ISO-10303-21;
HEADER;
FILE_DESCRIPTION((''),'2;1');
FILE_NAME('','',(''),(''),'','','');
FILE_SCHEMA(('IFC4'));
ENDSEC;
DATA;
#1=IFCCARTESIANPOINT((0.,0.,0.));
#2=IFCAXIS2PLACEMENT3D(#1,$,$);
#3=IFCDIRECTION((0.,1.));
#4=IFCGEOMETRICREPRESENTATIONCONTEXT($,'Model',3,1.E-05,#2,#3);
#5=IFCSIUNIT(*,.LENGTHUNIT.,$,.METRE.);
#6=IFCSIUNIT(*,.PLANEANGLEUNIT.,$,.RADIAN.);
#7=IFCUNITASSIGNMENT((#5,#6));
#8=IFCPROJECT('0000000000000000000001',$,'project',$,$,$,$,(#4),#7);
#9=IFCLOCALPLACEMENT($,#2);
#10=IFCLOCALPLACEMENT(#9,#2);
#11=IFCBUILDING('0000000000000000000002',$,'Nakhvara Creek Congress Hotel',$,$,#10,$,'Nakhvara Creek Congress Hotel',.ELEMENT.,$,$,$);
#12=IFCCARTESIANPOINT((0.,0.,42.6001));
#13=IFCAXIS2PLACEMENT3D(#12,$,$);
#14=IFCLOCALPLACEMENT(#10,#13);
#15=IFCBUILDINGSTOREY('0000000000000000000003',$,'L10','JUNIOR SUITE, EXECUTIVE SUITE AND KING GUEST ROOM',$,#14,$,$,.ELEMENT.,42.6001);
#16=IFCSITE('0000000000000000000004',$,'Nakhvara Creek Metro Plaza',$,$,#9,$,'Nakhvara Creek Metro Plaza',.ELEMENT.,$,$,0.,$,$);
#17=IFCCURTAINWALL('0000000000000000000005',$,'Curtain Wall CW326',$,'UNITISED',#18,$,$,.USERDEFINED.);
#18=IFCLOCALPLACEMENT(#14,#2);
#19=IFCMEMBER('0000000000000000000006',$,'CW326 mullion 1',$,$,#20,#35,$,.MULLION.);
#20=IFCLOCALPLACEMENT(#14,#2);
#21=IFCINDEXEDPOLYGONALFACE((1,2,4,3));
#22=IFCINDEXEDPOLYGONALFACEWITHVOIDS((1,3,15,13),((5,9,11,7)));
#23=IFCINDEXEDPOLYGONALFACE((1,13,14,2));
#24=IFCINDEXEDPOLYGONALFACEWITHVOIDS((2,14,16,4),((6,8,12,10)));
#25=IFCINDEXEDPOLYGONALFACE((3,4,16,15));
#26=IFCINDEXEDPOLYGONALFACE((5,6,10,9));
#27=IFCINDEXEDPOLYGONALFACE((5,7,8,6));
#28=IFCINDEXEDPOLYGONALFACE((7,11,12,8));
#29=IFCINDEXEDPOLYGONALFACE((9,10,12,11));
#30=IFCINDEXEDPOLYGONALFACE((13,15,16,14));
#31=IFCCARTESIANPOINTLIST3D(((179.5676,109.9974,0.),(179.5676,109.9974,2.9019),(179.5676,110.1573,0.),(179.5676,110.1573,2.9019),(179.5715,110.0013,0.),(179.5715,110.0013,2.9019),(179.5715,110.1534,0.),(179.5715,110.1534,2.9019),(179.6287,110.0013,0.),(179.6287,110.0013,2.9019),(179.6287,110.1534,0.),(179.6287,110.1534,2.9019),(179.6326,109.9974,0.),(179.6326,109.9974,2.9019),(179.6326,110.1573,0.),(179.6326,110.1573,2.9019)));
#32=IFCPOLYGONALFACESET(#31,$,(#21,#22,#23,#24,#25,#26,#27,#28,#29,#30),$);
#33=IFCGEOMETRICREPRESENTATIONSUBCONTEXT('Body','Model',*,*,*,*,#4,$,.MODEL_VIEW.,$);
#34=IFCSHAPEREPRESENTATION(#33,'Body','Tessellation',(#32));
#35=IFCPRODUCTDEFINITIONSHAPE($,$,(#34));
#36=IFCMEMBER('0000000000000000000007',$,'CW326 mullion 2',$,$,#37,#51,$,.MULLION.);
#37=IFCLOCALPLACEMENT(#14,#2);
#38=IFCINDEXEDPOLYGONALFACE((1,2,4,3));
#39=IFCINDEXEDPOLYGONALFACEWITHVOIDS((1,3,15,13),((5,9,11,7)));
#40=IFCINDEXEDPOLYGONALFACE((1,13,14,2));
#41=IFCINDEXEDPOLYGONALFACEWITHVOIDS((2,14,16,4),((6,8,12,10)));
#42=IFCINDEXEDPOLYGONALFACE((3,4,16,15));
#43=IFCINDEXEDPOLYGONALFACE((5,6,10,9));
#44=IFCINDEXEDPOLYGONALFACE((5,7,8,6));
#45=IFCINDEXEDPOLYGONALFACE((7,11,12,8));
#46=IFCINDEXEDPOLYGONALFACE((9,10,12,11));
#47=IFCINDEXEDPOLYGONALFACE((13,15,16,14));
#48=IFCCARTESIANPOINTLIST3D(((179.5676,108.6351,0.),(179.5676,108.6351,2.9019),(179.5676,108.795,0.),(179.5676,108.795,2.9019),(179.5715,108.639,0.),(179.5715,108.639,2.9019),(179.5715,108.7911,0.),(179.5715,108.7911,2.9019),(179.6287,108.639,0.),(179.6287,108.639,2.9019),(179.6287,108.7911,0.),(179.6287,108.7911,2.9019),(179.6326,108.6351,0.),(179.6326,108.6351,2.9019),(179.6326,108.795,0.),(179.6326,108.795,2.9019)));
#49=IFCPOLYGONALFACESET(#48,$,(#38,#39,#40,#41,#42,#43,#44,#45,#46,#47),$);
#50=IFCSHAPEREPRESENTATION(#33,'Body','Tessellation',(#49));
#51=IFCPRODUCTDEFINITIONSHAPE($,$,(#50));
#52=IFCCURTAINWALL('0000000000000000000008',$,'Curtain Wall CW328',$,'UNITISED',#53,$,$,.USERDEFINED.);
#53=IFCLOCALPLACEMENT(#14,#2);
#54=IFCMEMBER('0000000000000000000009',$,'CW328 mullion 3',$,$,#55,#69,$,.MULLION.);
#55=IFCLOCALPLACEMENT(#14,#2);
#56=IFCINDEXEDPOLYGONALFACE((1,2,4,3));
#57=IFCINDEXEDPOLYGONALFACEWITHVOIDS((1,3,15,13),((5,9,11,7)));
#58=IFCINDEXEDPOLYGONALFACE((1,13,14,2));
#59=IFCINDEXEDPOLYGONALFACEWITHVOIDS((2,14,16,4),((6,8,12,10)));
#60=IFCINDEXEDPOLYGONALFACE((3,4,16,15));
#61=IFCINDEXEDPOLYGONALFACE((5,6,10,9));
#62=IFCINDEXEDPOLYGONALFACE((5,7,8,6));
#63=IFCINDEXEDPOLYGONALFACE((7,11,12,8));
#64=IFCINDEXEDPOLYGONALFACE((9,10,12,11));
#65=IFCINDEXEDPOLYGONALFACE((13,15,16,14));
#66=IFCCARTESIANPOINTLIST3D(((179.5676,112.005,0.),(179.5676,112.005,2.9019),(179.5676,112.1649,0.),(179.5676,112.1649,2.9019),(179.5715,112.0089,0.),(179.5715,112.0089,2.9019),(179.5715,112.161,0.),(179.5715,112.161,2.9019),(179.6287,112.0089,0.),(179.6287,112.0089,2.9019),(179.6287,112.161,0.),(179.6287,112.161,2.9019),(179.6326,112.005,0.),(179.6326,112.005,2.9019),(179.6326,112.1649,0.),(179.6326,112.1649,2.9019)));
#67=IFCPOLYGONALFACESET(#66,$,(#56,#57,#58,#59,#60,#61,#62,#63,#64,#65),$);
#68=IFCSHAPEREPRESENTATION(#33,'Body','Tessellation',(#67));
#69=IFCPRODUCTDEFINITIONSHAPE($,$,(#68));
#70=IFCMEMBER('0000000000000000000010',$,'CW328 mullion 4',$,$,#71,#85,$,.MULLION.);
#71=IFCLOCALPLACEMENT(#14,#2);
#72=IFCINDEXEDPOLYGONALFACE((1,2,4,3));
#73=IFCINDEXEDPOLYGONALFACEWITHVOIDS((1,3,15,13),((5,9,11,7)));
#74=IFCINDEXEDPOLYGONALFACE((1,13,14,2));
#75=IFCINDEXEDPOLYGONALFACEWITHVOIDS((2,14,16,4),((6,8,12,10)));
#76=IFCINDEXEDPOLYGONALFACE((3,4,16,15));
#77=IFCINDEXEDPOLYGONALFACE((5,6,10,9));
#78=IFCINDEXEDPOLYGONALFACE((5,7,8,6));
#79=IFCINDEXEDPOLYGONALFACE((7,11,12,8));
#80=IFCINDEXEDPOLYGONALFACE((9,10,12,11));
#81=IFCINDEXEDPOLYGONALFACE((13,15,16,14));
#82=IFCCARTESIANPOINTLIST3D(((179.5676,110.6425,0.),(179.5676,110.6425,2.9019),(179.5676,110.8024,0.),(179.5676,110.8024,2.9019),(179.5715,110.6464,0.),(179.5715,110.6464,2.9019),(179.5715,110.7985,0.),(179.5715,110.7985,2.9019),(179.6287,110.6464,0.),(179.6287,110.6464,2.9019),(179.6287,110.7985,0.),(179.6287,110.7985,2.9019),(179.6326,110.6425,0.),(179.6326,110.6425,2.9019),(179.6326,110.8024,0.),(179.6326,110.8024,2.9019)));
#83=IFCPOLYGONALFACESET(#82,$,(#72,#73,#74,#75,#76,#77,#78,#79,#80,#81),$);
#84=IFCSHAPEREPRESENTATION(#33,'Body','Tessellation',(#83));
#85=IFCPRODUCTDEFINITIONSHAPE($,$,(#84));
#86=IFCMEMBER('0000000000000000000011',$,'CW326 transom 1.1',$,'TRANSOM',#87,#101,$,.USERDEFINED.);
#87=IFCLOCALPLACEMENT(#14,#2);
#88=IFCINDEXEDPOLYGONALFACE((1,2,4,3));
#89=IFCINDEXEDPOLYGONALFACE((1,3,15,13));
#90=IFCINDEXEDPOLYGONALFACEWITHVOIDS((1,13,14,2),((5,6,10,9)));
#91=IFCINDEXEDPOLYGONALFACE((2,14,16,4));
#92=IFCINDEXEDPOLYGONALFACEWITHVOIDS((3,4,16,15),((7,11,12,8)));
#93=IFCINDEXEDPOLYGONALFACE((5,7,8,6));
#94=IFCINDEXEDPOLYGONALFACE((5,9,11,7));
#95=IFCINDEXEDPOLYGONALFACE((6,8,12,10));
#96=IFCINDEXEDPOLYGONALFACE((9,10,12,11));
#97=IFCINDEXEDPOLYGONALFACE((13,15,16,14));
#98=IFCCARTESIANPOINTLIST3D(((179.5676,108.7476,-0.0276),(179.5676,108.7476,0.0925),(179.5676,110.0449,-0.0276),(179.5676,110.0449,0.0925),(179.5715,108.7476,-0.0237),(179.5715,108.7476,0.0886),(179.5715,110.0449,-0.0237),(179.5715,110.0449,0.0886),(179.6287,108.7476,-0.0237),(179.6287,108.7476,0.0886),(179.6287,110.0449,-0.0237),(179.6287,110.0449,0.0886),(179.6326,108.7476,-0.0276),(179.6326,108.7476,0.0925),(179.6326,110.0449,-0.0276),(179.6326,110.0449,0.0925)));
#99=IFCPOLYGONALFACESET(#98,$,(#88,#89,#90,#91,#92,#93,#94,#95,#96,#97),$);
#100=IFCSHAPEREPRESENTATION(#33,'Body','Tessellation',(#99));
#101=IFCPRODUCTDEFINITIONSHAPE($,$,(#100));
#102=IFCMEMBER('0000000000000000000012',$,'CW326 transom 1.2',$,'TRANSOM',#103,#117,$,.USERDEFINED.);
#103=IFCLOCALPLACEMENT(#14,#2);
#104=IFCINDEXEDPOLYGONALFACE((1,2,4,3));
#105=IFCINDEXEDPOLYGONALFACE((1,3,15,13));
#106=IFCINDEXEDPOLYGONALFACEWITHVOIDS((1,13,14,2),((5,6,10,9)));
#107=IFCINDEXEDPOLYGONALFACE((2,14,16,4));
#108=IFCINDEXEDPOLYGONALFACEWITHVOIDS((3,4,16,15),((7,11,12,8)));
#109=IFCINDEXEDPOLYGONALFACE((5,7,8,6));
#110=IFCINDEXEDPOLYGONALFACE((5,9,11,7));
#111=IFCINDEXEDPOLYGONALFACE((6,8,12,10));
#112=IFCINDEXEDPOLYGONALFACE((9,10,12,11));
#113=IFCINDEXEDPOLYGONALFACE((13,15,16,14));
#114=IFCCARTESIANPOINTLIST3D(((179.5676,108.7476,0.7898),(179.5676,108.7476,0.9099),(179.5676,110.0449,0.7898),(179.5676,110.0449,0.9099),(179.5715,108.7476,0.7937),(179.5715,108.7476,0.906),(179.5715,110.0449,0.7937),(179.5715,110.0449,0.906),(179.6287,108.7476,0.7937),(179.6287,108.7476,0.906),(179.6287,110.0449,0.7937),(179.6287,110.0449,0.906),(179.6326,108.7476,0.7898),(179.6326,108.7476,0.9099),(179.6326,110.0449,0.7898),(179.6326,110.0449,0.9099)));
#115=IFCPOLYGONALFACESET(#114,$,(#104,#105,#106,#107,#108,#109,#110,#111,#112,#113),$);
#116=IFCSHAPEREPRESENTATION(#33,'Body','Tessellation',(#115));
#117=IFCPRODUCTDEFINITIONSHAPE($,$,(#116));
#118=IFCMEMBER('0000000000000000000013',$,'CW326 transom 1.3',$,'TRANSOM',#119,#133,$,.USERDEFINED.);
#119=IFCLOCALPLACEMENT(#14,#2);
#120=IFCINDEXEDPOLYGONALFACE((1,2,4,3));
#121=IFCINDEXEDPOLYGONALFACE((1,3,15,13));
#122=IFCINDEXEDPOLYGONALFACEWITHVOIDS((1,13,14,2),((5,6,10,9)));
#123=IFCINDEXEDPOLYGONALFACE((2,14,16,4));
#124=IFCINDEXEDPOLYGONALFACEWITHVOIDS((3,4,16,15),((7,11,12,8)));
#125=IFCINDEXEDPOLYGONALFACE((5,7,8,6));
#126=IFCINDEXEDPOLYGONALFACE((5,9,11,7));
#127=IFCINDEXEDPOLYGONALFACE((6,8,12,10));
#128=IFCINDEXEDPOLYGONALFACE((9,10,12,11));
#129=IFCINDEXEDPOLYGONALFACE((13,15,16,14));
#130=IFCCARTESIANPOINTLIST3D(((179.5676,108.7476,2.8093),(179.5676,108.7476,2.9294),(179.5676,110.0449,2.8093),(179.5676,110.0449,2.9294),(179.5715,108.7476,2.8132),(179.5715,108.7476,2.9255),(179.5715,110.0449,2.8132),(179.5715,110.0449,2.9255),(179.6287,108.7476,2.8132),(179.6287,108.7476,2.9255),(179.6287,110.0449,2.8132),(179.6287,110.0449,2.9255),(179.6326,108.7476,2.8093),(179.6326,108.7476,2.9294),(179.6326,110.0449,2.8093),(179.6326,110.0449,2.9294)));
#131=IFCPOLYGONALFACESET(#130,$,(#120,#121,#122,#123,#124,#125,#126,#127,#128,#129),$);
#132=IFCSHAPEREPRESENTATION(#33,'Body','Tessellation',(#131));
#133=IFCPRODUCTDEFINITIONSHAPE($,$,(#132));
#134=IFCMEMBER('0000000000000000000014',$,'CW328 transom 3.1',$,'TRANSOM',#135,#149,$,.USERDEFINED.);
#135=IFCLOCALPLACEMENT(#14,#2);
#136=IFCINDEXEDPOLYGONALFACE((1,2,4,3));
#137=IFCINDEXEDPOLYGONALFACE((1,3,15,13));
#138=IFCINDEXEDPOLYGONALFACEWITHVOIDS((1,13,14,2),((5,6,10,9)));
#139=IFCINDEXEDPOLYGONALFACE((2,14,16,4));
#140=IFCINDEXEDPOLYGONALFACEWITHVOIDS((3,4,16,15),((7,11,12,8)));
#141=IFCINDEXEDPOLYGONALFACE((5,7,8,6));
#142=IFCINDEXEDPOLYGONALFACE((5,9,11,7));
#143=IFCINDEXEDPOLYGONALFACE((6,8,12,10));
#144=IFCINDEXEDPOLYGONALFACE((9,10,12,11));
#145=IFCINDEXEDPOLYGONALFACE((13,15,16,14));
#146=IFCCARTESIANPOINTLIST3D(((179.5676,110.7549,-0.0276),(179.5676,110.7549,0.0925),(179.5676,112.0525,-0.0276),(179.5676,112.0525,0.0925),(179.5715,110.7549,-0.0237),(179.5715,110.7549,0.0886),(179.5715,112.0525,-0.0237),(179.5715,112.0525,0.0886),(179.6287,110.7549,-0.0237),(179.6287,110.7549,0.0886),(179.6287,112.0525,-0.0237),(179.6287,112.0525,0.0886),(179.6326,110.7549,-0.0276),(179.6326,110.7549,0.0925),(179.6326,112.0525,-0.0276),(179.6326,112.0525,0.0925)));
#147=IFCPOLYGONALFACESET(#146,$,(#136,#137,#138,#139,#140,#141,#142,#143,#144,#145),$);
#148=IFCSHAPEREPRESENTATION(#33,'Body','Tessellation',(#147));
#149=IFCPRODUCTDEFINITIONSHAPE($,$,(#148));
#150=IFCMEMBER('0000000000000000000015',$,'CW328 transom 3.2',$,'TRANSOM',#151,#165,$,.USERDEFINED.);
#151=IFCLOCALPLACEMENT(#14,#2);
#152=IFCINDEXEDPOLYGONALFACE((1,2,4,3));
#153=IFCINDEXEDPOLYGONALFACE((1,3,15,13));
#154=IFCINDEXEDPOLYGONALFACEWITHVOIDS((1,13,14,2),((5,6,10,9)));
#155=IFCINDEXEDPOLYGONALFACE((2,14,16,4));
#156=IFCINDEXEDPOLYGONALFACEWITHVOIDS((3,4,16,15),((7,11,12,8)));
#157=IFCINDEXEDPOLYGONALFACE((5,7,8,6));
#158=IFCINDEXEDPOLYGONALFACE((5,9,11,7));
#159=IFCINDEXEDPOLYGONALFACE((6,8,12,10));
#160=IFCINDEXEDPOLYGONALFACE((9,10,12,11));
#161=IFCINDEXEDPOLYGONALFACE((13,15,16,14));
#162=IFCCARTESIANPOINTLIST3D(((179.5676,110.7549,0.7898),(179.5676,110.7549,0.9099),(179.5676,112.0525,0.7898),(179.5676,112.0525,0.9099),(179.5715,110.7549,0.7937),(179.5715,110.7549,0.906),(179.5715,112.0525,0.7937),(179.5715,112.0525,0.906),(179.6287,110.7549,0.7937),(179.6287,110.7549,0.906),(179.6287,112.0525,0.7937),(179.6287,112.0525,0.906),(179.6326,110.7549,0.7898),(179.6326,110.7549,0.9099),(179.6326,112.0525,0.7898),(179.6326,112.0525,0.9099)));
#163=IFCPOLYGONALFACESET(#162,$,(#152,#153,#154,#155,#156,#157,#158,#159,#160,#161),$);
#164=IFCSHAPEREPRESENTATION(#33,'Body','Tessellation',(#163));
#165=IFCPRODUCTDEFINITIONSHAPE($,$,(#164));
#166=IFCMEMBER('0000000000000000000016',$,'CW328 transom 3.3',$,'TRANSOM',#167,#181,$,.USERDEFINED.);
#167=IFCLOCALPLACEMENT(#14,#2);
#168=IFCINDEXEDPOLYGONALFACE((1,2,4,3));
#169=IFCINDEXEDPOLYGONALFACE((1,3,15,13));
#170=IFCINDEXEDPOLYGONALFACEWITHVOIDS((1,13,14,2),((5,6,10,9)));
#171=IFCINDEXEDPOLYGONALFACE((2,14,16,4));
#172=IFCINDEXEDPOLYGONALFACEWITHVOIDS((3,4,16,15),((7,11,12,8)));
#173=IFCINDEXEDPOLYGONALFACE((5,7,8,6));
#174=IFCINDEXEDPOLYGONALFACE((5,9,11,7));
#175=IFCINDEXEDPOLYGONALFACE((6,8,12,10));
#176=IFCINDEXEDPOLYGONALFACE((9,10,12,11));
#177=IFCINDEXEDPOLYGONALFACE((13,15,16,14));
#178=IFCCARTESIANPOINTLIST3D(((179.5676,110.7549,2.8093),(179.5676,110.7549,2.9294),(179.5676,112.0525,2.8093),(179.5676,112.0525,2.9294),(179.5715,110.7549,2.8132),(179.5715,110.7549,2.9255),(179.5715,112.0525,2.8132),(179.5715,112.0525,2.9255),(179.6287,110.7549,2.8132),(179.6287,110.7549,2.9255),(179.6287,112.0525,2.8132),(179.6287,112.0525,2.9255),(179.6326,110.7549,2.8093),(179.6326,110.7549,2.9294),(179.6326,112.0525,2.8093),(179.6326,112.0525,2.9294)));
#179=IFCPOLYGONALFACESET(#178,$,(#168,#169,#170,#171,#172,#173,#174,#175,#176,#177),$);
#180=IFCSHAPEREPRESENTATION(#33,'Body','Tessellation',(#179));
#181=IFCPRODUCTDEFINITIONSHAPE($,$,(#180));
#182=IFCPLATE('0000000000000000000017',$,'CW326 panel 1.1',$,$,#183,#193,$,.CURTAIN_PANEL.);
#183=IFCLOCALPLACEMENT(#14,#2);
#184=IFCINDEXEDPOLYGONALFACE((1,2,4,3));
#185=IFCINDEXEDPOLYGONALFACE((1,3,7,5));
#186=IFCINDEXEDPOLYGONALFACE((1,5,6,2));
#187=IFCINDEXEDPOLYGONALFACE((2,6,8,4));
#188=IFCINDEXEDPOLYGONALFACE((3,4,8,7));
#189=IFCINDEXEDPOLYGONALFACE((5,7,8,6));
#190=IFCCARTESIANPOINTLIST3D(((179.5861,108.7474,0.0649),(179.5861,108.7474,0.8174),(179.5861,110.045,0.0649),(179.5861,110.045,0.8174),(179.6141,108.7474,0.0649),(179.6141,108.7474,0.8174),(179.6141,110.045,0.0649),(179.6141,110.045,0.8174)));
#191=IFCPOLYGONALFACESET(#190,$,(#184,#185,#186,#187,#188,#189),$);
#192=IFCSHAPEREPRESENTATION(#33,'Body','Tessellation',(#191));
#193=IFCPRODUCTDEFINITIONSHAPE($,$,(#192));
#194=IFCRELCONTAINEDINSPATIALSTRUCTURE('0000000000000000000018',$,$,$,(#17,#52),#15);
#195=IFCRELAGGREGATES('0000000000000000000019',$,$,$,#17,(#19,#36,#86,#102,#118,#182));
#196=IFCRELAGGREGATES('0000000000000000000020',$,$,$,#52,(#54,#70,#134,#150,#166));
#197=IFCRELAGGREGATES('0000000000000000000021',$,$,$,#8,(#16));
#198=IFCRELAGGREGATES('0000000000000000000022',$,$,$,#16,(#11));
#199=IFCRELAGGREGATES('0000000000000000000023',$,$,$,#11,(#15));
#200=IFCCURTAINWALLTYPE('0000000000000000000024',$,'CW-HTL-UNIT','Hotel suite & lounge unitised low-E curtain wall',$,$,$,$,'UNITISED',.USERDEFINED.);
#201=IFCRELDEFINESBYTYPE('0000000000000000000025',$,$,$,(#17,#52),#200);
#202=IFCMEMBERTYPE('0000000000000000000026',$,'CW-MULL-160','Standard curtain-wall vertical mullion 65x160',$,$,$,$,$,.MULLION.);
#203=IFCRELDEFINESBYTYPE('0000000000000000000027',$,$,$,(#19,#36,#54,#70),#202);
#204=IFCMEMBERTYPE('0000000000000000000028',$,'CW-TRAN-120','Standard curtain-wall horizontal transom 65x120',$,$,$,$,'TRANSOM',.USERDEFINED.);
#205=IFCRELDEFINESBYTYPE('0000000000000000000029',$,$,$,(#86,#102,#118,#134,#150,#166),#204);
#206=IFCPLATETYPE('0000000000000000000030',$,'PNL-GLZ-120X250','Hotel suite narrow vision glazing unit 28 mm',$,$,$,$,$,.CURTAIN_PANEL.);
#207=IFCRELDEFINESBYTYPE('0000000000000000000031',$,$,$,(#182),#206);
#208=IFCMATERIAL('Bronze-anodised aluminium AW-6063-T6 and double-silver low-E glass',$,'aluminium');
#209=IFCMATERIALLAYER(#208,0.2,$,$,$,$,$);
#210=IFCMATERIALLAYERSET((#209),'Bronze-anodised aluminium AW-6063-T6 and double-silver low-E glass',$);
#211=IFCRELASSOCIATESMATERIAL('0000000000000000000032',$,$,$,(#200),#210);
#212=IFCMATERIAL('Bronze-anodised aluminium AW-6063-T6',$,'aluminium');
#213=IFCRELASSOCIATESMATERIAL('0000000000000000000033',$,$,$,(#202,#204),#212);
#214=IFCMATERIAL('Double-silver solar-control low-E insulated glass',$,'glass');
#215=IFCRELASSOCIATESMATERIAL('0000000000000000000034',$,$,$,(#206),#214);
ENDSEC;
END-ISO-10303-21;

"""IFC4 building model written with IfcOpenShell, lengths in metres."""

from ifc_helpers import new_model, si_unit, direction, frame, origin, origin_2d, place, context, subcontext, project, spatial, rectangle, hollow_rectangle, extrude, material, layer, layer_set, material_profile, profile_set, type_object, element, aggregate, save


model = new_model("IFC4")

# Units and contexts
model_context = context("Model", 3, precision=1e-05, world=origin(), true_north=direction((0.0, 1.0)))
body_context = subcontext(model_context, "Body", "Model", "MODEL_VIEW")
ifc_project = project(units=[si_unit("LENGTHUNIT", "METRE"), si_unit("PLANEANGLEUNIT", "RADIAN")], contexts=[model_context])

# Site, building, storey
site_placement = place(None, origin())
site = spatial("IfcSite", under=ifc_project, at=site_placement, Name="Nakhvara Creek Metro Plaza", LongName="Nakhvara Creek Metro Plaza", CompositionType="ELEMENT", RefElevation=0.0)
building_placement = place(site_placement, origin())
building = spatial("IfcBuilding", under=site, at=building_placement, Name="Nakhvara Creek Congress Hotel", LongName="Nakhvara Creek Congress Hotel", CompositionType="ELEMENT")
storey_placement = place(building_placement, frame((0.0, 0.0, 42.6001)))
storey = spatial("IfcBuildingStorey", under=building, at=storey_placement, Name="L10", Description="JUNIOR SUITE, EXECUTIVE SUITE AND KING GUEST ROOM", CompositionType="ELEMENT", Elevation=42.6001)

# Curtain walls, members
ifc_material_1 = material(Name="Bronze-anodised aluminium AW-6063-T6 and double-silver low-E glass", Category="aluminium")
ifc_layer_1 = layer(ifc_material_1, 0.2)
ifc_layer_set_1 = layer_set([ifc_layer_1], Name="Bronze-anodised aluminium AW-6063-T6 and double-silver low-E glass")
curtain_wall_type = type_object("IfcCurtainWallType", Name="CW-HTL-UNIT", Description="Hotel suite & lounge unitised low-E curtain wall", ElementType="UNITISED", PredefinedType="USERDEFINED", material=ifc_layer_set_1)
curtain_wall_1_placement = place(storey_placement, origin())
curtain_wall_1 = element("IfcCurtainWall", 1, at=curtain_wall_1_placement, inside=storey, type_object=curtain_wall_type, Name="Curtain Wall CW326", ObjectType="UNITISED", PredefinedType="USERDEFINED")
ifc_material_2 = material(Name="Bronze-anodised aluminium AW-6063-T6", Category="aluminium")
ifc_material_profile_1 = material_profile(ifc_material_2, hollow_rectangle(XDim=0.0649, YDim=0.1599, WallThickness=0.0039, at=origin_2d()), Name="ALU-MULL 65x160x4", Category="LoadBearing")
ifc_profile_set_1 = profile_set([ifc_material_profile_1], Name="Bronze-anodised aluminium AW-6063-T6")
member_type_1 = type_object("IfcMemberType", Name="CW-MULL-160", Description="Standard curtain-wall vertical mullion 65x160", PredefinedType="MULLION", material=ifc_profile_set_1)
member_1_placement = place(storey_placement, frame((179.6001, 110.0774, 0.0), z_axis=(0.0, 0.0, 1.0), x_axis=(1.0, 0.0, 0.0)))
member_1 = element("IfcMember", 2, at=member_1_placement, type_object=member_type_1, Name="CW326 mullion 1", PredefinedType="MULLION", context=body_context, shape_type="SweptSolid", body=[
    extrude(hollow_rectangle(XDim=0.0649, YDim=0.1599, WallThickness=0.0039, at=origin_2d()), origin(), (0.0, 0.0, 1.0), 2.9019),
])
member_2_placement = place(storey_placement, frame((179.6001, 108.7151, 0.0), z_axis=(0.0, 0.0, 1.0), x_axis=(1.0, 0.0, 0.0)))
member_2 = element("IfcMember", 3, at=member_2_placement, type_object=member_type_1, Name="CW326 mullion 2", PredefinedType="MULLION", context=body_context, shape_type="SweptSolid", body=[
    extrude(hollow_rectangle(XDim=0.0649, YDim=0.1599, WallThickness=0.0039, at=origin_2d()), origin(), (0.0, 0.0, 1.0), 2.9019),
])
curtain_wall_2_placement = place(storey_placement, origin())
curtain_wall_2 = element("IfcCurtainWall", 4, at=curtain_wall_2_placement, inside=storey, type_object=curtain_wall_type, Name="Curtain Wall CW328", ObjectType="UNITISED", PredefinedType="USERDEFINED")
member_3_placement = place(storey_placement, frame((179.6001, 112.085, 0.0), z_axis=(0.0, 0.0, 1.0), x_axis=(1.0, 0.0, 0.0)))
member_3 = element("IfcMember", 5, at=member_3_placement, type_object=member_type_1, Name="CW328 mullion 3", PredefinedType="MULLION", context=body_context, shape_type="SweptSolid", body=[
    extrude(hollow_rectangle(XDim=0.0649, YDim=0.1599, WallThickness=0.0039, at=origin_2d()), origin(), (0.0, 0.0, 1.0), 2.9019),
])
member_4_placement = place(storey_placement, frame((179.6001, 110.7224, 0.0), z_axis=(0.0, 0.0, 1.0), x_axis=(1.0, 0.0, 0.0)))
member_4 = element("IfcMember", 6, at=member_4_placement, type_object=member_type_1, Name="CW328 mullion 4", PredefinedType="MULLION", context=body_context, shape_type="SweptSolid", body=[
    extrude(hollow_rectangle(XDim=0.0649, YDim=0.1599, WallThickness=0.0039, at=origin_2d()), origin(), (0.0, 0.0, 1.0), 2.9019),
])

# Members
ifc_material_profile_2 = material_profile(ifc_material_2, hollow_rectangle(XDim=0.0649, YDim=0.1201, WallThickness=0.0039, at=origin_2d()), Name="ALU-TRAN 65x120x4", Category="LoadBearing")
ifc_profile_set_2 = profile_set([ifc_material_profile_2], Name="Bronze-anodised aluminium AW-6063-T6")
member_type_2 = type_object("IfcMemberType", Name="CW-TRAN-120", Description="Standard curtain-wall horizontal transom 65x120", ElementType="TRANSOM", PredefinedType="USERDEFINED", material=ifc_profile_set_2)
member_5_placement = place(storey_placement, frame((179.6001, 110.0449, 0.0325), z_axis=(0.0, -1.0, 0.0), x_axis=(1.0, 0.0, 0.0)))
member_5 = element("IfcMember", 7, at=member_5_placement, type_object=member_type_2, Name="CW326 transom 1.1", ObjectType="TRANSOM", PredefinedType="USERDEFINED", context=body_context, shape_type="SweptSolid", body=[
    extrude(hollow_rectangle(XDim=0.0649, YDim=0.1201, WallThickness=0.0039, at=origin_2d()), origin(), (0.0, 0.0, 1.0), 1.2974),
])
member_6_placement = place(storey_placement, frame((179.6001, 110.0449, 0.8499), z_axis=(0.0, -1.0, 0.0), x_axis=(1.0, 0.0, 0.0)))
member_6 = element("IfcMember", 8, at=member_6_placement, type_object=member_type_2, Name="CW326 transom 1.2", ObjectType="TRANSOM", PredefinedType="USERDEFINED", context=body_context, shape_type="SweptSolid", body=[
    extrude(hollow_rectangle(XDim=0.0649, YDim=0.1201, WallThickness=0.0039, at=origin_2d()), origin(), (0.0, 0.0, 1.0), 1.2974),
])
member_7_placement = place(storey_placement, frame((179.6001, 110.0449, 2.8694), z_axis=(0.0, -1.0, 0.0), x_axis=(1.0, 0.0, 0.0)))
member_7 = element("IfcMember", 9, at=member_7_placement, type_object=member_type_2, Name="CW326 transom 1.3", ObjectType="TRANSOM", PredefinedType="USERDEFINED", context=body_context, shape_type="SweptSolid", body=[
    extrude(hollow_rectangle(XDim=0.0649, YDim=0.1201, WallThickness=0.0039, at=origin_2d()), origin(), (0.0, 0.0, 1.0), 1.2974),
])
member_8_placement = place(storey_placement, frame((179.6001, 112.0525, 0.0325), z_axis=(0.0, -1.0, 0.0), x_axis=(1.0, 0.0, 0.0)))
member_8 = element("IfcMember", 10, at=member_8_placement, type_object=member_type_2, Name="CW328 transom 3.1", ObjectType="TRANSOM", PredefinedType="USERDEFINED", context=body_context, shape_type="SweptSolid", body=[
    extrude(hollow_rectangle(XDim=0.0649, YDim=0.1201, WallThickness=0.0039, at=origin_2d()), origin(), (0.0, 0.0, 1.0), 1.2976),
])
member_9_placement = place(storey_placement, frame((179.6001, 112.0525, 0.8499), z_axis=(0.0, -1.0, 0.0), x_axis=(1.0, 0.0, 0.0)))
member_9 = element("IfcMember", 11, at=member_9_placement, type_object=member_type_2, Name="CW328 transom 3.2", ObjectType="TRANSOM", PredefinedType="USERDEFINED", context=body_context, shape_type="SweptSolid", body=[
    extrude(hollow_rectangle(XDim=0.0649, YDim=0.1201, WallThickness=0.0039, at=origin_2d()), origin(), (0.0, 0.0, 1.0), 1.2976),
])
member_10_placement = place(storey_placement, frame((179.6001, 112.0525, 2.8694), z_axis=(0.0, -1.0, 0.0), x_axis=(1.0, 0.0, 0.0)))
member_10 = element("IfcMember", 12, at=member_10_placement, type_object=member_type_2, Name="CW328 transom 3.3", ObjectType="TRANSOM", PredefinedType="USERDEFINED", context=body_context, shape_type="SweptSolid", body=[
    extrude(hollow_rectangle(XDim=0.0649, YDim=0.1201, WallThickness=0.0039, at=origin_2d()), origin(), (0.0, 0.0, 1.0), 1.2976),
])

# Plate
ifc_material_3 = material(Name="Double-silver solar-control low-E insulated glass", Category="glass")
plate_type = type_object("IfcPlateType", Name="PNL-GLZ-120X250", Description="Hotel suite narrow vision glazing unit 28 mm", PredefinedType="CURTAIN_PANEL", material=ifc_material_3)
plate_1_placement = place(storey_placement, frame((179.6001, 109.3962, 0.0649), z_axis=(0.0, 0.0, 1.0), x_axis=(0.0, -1.0, 0.0)))
plate_1 = element("IfcPlate", 13, at=plate_1_placement, type_object=plate_type, Name="CW326 panel 1.1", PredefinedType="CURTAIN_PANEL", context=body_context, shape_type="SweptSolid", body=[
    extrude(rectangle(XDim=1.2976, YDim=0.0281, at=origin_2d()), origin(), (0.0, 0.0, 1.0), 0.7524),
])
aggregate(curtain_wall_1, [member_1, member_2, member_5, member_6, member_7, plate_1])
aggregate(curtain_wall_2, [member_3, member_4, member_8, member_9, member_10])

save(model, "model.ifc")
